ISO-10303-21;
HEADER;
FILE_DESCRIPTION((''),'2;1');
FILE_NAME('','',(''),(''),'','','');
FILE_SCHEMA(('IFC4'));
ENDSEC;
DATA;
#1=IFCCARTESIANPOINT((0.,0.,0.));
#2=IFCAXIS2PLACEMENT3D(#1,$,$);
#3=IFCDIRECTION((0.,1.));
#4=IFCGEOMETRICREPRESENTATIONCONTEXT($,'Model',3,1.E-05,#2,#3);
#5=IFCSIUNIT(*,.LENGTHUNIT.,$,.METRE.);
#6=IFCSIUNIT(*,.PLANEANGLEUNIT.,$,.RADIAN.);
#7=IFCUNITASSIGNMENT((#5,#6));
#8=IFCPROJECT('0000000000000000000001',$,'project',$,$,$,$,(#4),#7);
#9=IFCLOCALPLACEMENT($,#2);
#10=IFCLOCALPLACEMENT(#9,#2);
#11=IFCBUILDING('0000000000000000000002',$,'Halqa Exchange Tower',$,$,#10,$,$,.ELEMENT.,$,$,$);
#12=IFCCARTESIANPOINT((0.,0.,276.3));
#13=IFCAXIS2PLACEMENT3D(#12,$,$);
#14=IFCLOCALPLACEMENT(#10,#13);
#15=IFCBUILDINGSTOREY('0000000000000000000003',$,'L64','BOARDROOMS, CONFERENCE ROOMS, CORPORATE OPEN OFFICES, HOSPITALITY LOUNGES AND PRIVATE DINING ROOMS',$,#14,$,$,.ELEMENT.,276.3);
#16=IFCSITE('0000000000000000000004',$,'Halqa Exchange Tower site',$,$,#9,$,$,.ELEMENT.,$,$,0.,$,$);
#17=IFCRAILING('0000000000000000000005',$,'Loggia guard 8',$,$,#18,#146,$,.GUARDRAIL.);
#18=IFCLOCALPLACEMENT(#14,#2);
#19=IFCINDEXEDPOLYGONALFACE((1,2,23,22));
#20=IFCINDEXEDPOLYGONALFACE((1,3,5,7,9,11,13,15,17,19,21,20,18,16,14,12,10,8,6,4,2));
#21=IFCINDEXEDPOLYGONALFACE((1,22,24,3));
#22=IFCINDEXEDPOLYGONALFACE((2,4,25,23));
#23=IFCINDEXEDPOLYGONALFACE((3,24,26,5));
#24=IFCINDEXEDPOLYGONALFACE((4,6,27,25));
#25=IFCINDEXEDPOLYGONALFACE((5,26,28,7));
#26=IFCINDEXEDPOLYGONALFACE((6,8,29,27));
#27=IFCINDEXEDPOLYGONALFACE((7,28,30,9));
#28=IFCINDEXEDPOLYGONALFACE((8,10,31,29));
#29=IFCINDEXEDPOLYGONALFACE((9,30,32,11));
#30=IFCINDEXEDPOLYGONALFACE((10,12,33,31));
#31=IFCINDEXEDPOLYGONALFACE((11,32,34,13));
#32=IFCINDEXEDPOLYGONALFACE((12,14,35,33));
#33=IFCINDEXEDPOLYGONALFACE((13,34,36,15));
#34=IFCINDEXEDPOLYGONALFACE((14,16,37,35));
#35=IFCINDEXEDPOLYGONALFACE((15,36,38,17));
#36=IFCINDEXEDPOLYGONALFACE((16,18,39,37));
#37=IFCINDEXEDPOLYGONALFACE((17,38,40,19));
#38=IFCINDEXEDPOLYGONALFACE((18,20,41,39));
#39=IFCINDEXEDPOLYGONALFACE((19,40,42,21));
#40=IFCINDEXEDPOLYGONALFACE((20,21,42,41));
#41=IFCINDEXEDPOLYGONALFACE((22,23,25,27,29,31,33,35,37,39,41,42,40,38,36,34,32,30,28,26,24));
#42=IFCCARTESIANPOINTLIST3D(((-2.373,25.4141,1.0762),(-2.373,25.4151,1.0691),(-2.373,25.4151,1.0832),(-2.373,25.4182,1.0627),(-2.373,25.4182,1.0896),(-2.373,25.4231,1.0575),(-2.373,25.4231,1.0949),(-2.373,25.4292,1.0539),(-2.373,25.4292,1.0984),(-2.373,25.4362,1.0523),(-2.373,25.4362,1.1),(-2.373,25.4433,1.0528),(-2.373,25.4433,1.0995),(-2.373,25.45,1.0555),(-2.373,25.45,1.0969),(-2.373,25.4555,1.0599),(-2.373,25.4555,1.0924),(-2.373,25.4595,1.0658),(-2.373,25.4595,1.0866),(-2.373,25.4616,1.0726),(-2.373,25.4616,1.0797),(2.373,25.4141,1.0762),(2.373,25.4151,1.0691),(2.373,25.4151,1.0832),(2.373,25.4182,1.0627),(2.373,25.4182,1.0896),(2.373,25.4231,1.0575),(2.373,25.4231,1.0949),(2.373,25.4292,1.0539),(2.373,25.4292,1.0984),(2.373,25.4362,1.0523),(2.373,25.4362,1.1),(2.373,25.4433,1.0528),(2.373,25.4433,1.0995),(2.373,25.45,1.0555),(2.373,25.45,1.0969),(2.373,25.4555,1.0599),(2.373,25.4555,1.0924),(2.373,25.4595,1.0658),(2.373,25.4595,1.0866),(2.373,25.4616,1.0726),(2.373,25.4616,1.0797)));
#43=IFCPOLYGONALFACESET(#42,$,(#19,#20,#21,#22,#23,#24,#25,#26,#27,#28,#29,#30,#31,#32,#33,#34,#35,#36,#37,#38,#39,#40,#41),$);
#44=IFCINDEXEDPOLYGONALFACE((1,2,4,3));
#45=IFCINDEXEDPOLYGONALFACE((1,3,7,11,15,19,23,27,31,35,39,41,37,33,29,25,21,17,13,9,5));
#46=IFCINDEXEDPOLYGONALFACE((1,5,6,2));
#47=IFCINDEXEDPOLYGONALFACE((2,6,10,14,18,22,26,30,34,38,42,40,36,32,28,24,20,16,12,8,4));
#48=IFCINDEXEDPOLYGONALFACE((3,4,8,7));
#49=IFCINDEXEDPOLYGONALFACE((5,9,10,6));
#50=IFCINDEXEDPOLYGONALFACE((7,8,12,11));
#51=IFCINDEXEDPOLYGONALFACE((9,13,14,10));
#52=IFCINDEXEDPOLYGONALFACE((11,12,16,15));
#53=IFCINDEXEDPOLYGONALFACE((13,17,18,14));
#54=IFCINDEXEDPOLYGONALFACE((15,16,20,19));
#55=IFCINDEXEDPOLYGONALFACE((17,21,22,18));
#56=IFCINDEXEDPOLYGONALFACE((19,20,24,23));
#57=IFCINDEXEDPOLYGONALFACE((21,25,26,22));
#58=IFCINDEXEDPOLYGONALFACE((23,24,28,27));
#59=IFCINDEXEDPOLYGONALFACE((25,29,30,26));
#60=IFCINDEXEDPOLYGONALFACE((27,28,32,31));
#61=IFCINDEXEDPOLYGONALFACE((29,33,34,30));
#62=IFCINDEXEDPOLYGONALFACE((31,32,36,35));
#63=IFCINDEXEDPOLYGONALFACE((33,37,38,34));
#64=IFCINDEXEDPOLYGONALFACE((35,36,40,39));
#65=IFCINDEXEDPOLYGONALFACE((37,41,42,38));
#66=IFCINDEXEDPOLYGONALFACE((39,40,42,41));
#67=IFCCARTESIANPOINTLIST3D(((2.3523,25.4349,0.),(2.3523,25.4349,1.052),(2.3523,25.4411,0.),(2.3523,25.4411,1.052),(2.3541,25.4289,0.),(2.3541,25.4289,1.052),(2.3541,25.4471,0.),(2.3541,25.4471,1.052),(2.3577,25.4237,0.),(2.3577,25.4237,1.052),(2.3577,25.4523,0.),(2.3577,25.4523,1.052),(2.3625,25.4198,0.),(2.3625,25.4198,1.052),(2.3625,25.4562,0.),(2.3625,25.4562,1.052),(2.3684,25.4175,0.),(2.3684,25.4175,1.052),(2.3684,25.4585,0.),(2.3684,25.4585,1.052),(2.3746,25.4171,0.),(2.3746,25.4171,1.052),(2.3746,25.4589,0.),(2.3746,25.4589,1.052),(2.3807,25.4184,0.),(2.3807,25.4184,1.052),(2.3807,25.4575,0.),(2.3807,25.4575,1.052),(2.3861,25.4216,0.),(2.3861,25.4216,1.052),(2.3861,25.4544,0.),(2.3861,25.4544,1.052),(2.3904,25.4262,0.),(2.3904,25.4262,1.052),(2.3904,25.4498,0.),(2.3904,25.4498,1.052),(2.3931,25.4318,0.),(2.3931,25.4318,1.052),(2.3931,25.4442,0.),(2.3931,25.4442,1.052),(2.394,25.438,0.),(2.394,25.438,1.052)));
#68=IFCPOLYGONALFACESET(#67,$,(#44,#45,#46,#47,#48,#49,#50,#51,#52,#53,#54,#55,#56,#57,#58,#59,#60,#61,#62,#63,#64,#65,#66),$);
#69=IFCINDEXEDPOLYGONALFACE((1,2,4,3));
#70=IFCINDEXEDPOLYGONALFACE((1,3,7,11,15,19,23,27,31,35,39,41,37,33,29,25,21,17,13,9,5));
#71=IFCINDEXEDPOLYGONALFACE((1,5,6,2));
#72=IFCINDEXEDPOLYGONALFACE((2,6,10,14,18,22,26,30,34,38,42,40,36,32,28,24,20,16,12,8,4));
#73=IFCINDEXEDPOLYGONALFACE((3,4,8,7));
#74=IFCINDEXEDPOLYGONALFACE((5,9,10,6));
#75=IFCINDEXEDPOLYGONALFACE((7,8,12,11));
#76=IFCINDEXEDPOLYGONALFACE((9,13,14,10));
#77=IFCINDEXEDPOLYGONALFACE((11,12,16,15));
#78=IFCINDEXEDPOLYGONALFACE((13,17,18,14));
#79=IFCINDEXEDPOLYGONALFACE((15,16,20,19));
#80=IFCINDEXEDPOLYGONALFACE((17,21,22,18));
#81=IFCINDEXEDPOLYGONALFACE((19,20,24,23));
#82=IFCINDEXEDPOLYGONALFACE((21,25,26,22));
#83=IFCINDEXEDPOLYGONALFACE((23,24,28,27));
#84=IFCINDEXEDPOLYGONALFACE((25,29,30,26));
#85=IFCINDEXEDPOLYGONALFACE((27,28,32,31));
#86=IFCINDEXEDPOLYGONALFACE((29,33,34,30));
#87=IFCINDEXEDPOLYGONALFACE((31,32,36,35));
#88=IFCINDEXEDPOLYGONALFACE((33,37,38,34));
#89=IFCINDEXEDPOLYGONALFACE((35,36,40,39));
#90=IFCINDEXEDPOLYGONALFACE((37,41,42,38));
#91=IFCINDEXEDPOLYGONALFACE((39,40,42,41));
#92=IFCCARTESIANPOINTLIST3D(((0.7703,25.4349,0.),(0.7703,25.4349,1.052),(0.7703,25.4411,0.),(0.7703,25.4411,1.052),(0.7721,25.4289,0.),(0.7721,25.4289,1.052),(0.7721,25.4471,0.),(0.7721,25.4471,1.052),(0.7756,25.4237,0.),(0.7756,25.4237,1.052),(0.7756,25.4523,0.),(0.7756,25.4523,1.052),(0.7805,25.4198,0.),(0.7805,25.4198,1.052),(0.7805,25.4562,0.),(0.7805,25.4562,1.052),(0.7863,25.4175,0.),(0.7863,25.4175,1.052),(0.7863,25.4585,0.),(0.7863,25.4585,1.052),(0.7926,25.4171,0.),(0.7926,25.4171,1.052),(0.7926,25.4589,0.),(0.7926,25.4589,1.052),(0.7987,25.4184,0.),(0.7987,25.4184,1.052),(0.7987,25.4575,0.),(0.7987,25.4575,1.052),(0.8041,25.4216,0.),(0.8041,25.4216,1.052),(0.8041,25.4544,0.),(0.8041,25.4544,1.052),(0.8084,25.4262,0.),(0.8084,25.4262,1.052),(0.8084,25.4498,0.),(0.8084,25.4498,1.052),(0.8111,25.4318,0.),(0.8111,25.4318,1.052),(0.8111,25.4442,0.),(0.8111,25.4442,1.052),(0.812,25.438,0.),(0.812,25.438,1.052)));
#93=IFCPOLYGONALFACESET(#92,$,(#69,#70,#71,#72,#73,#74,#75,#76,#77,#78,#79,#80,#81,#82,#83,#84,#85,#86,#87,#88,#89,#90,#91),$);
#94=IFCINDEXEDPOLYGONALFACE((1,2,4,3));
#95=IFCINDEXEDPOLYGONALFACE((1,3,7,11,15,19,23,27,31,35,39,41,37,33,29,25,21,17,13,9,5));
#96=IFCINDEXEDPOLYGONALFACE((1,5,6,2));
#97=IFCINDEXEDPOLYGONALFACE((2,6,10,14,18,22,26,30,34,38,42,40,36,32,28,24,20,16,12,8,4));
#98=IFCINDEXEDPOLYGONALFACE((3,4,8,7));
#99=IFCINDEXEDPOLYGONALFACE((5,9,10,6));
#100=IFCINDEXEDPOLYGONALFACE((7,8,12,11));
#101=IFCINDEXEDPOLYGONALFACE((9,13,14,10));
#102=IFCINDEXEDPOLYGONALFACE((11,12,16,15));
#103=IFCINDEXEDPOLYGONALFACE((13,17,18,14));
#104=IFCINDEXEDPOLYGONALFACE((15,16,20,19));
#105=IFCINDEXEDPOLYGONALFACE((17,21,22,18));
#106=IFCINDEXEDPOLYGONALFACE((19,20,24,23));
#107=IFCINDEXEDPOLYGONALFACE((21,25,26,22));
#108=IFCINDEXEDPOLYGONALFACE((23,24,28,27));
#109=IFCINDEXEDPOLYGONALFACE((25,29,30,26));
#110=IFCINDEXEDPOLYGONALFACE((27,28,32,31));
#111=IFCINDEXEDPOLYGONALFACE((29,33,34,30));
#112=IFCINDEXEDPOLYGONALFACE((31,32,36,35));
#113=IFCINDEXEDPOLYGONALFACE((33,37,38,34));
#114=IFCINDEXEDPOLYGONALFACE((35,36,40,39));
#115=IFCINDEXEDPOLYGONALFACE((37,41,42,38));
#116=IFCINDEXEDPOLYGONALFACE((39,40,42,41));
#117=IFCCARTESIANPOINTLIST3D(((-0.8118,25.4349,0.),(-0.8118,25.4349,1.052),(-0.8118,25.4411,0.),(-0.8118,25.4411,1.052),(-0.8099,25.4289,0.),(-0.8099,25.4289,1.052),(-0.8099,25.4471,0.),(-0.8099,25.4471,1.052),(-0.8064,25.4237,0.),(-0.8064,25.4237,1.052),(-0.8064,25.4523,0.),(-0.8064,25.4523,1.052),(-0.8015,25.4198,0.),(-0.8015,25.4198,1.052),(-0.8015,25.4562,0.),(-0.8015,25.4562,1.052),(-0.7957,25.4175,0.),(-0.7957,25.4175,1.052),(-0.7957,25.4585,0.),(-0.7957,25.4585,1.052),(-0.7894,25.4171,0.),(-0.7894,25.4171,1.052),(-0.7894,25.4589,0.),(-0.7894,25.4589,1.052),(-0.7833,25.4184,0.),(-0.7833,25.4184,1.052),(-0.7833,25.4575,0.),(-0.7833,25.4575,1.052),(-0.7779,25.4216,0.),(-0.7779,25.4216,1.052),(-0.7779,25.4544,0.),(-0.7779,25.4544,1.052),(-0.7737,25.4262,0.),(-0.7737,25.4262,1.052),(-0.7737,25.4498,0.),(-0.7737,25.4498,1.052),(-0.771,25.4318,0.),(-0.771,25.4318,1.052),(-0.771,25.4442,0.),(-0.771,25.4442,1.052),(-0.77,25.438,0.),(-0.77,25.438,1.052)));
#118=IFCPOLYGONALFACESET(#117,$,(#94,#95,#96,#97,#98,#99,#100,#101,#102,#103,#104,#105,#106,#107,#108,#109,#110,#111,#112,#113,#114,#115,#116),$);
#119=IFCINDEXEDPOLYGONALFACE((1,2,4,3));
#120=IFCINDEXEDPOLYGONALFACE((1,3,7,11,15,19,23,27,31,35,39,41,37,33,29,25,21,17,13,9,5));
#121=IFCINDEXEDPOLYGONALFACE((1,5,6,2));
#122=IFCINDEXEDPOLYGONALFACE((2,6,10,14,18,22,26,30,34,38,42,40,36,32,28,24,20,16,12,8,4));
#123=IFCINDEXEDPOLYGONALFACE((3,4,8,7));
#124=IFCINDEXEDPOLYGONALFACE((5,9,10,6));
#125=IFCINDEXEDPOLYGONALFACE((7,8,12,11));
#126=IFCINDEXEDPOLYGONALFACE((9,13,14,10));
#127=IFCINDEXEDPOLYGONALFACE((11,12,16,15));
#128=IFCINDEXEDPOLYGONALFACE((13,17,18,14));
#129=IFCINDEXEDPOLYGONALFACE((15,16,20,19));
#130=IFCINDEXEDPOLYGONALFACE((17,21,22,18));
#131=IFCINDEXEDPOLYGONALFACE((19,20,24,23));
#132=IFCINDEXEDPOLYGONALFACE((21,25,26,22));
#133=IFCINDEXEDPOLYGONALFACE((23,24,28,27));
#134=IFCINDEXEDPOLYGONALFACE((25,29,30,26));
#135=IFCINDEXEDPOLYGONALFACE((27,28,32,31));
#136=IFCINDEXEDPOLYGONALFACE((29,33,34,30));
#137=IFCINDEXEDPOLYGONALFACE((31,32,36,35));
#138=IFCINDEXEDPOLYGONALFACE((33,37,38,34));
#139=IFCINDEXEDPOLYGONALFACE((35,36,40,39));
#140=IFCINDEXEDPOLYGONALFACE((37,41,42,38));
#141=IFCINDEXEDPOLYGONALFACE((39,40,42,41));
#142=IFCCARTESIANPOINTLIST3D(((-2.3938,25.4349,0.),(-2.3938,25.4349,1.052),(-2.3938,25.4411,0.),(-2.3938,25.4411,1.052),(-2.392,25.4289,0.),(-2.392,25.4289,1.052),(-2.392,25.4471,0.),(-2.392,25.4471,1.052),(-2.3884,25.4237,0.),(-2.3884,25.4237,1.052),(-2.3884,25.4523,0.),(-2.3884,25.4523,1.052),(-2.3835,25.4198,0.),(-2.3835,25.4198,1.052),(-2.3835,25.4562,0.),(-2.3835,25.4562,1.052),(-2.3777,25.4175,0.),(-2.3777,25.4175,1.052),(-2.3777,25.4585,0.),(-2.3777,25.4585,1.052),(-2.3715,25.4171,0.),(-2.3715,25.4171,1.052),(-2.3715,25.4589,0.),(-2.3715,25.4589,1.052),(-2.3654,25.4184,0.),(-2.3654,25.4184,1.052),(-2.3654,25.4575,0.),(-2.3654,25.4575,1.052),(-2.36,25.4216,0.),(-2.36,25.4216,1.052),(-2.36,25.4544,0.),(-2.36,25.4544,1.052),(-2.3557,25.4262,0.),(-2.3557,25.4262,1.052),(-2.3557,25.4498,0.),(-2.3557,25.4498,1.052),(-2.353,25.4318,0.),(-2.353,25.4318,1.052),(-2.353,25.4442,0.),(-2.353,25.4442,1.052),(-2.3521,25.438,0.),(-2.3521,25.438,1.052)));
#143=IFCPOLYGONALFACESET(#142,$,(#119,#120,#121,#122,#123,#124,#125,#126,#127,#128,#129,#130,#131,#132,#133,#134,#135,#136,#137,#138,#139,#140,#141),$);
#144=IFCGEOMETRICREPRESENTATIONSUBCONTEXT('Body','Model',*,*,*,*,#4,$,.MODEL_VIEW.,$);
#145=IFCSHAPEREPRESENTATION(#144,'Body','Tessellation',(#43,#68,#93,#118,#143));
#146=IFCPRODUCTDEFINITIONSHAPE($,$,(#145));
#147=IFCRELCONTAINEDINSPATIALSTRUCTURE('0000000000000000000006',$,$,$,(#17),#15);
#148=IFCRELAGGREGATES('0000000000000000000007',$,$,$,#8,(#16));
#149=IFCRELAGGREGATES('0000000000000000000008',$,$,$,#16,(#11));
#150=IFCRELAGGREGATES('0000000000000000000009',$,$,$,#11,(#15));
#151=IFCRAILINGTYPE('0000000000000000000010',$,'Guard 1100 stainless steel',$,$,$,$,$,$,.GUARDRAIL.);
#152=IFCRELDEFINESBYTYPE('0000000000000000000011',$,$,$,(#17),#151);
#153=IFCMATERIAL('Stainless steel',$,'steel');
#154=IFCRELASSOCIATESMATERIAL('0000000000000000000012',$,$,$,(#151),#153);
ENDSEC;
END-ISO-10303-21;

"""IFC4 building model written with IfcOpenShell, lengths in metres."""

from ifc_helpers import new_model, si_unit, direction, frame, origin, origin_2d, place, context, subcontext, project, spatial, circle, extrude, material, type_object, element, save


model = new_model("IFC4")

# Units and contexts
model_context = context("Model", 3, precision=1e-05, world=origin(), true_north=direction((0.0, 1.0)))
body_context = subcontext(model_context, "Body", "Model", "MODEL_VIEW")
ifc_project = project(units=[si_unit("LENGTHUNIT", "METRE"), si_unit("PLANEANGLEUNIT", "RADIAN")], contexts=[model_context])

# Site, building, storey
site_placement = place(None, origin())
site = spatial("IfcSite", under=ifc_project, at=site_placement, Name="Halqa Exchange Tower site", CompositionType="ELEMENT", RefElevation=0.0)
building_placement = place(site_placement, origin())
building = spatial("IfcBuilding", under=site, at=building_placement, Name="Halqa Exchange Tower", CompositionType="ELEMENT")
storey_placement = place(building_placement, frame((0.0, 0.0, 276.3)))
storey = spatial("IfcBuildingStorey", under=building, at=storey_placement, Name="L64", Description="BOARDROOMS, CONFERENCE ROOMS, CORPORATE OPEN OFFICES, HOSPITALITY LOUNGES AND PRIVATE DINING ROOMS", CompositionType="ELEMENT", Elevation=276.3)

# Railing
ifc_material_1 = material(Name="Stainless steel", Category="steel")
railing_type_1 = type_object("IfcRailingType", Name="Guard 1100 stainless steel", PredefinedType="GUARDRAIL", material=ifc_material_1)
railing_1_placement = place(storey_placement, frame((2.373, 25.438, 0.0)))
element("IfcRailing", 1, at=railing_1_placement, inside=storey, type_object=railing_type_1, Name="Loggia guard 8", PredefinedType="GUARDRAIL", context=body_context, shape_type="SweptSolid", body=[
    extrude(circle(Radius=0.0239, at=origin_2d()), frame((0.0, 0.0, 1.0762), z_axis=(-1.0, 0.0, 0.0), x_axis=(0.0, -1.0, 0.0)), (0.0, 0.0, 1.0), 4.7461),
    extrude(circle(Radius=0.021, at=origin_2d()), origin(), (0.0, 0.0, 1.0), 1.052),
    extrude(circle(Radius=0.021, at=origin_2d()), frame((-1.582, 0.0, 0.0)), (0.0, 0.0, 1.0), 1.052),
    extrude(circle(Radius=0.021, at=origin_2d()), frame((-3.1641, 0.0, 0.0)), (0.0, 0.0, 1.0), 1.052),
    extrude(circle(Radius=0.021, at=origin_2d()), frame((-4.7461, 0.0, 0.0)), (0.0, 0.0, 1.0), 1.052),
])

save(model, "model.ifc")
